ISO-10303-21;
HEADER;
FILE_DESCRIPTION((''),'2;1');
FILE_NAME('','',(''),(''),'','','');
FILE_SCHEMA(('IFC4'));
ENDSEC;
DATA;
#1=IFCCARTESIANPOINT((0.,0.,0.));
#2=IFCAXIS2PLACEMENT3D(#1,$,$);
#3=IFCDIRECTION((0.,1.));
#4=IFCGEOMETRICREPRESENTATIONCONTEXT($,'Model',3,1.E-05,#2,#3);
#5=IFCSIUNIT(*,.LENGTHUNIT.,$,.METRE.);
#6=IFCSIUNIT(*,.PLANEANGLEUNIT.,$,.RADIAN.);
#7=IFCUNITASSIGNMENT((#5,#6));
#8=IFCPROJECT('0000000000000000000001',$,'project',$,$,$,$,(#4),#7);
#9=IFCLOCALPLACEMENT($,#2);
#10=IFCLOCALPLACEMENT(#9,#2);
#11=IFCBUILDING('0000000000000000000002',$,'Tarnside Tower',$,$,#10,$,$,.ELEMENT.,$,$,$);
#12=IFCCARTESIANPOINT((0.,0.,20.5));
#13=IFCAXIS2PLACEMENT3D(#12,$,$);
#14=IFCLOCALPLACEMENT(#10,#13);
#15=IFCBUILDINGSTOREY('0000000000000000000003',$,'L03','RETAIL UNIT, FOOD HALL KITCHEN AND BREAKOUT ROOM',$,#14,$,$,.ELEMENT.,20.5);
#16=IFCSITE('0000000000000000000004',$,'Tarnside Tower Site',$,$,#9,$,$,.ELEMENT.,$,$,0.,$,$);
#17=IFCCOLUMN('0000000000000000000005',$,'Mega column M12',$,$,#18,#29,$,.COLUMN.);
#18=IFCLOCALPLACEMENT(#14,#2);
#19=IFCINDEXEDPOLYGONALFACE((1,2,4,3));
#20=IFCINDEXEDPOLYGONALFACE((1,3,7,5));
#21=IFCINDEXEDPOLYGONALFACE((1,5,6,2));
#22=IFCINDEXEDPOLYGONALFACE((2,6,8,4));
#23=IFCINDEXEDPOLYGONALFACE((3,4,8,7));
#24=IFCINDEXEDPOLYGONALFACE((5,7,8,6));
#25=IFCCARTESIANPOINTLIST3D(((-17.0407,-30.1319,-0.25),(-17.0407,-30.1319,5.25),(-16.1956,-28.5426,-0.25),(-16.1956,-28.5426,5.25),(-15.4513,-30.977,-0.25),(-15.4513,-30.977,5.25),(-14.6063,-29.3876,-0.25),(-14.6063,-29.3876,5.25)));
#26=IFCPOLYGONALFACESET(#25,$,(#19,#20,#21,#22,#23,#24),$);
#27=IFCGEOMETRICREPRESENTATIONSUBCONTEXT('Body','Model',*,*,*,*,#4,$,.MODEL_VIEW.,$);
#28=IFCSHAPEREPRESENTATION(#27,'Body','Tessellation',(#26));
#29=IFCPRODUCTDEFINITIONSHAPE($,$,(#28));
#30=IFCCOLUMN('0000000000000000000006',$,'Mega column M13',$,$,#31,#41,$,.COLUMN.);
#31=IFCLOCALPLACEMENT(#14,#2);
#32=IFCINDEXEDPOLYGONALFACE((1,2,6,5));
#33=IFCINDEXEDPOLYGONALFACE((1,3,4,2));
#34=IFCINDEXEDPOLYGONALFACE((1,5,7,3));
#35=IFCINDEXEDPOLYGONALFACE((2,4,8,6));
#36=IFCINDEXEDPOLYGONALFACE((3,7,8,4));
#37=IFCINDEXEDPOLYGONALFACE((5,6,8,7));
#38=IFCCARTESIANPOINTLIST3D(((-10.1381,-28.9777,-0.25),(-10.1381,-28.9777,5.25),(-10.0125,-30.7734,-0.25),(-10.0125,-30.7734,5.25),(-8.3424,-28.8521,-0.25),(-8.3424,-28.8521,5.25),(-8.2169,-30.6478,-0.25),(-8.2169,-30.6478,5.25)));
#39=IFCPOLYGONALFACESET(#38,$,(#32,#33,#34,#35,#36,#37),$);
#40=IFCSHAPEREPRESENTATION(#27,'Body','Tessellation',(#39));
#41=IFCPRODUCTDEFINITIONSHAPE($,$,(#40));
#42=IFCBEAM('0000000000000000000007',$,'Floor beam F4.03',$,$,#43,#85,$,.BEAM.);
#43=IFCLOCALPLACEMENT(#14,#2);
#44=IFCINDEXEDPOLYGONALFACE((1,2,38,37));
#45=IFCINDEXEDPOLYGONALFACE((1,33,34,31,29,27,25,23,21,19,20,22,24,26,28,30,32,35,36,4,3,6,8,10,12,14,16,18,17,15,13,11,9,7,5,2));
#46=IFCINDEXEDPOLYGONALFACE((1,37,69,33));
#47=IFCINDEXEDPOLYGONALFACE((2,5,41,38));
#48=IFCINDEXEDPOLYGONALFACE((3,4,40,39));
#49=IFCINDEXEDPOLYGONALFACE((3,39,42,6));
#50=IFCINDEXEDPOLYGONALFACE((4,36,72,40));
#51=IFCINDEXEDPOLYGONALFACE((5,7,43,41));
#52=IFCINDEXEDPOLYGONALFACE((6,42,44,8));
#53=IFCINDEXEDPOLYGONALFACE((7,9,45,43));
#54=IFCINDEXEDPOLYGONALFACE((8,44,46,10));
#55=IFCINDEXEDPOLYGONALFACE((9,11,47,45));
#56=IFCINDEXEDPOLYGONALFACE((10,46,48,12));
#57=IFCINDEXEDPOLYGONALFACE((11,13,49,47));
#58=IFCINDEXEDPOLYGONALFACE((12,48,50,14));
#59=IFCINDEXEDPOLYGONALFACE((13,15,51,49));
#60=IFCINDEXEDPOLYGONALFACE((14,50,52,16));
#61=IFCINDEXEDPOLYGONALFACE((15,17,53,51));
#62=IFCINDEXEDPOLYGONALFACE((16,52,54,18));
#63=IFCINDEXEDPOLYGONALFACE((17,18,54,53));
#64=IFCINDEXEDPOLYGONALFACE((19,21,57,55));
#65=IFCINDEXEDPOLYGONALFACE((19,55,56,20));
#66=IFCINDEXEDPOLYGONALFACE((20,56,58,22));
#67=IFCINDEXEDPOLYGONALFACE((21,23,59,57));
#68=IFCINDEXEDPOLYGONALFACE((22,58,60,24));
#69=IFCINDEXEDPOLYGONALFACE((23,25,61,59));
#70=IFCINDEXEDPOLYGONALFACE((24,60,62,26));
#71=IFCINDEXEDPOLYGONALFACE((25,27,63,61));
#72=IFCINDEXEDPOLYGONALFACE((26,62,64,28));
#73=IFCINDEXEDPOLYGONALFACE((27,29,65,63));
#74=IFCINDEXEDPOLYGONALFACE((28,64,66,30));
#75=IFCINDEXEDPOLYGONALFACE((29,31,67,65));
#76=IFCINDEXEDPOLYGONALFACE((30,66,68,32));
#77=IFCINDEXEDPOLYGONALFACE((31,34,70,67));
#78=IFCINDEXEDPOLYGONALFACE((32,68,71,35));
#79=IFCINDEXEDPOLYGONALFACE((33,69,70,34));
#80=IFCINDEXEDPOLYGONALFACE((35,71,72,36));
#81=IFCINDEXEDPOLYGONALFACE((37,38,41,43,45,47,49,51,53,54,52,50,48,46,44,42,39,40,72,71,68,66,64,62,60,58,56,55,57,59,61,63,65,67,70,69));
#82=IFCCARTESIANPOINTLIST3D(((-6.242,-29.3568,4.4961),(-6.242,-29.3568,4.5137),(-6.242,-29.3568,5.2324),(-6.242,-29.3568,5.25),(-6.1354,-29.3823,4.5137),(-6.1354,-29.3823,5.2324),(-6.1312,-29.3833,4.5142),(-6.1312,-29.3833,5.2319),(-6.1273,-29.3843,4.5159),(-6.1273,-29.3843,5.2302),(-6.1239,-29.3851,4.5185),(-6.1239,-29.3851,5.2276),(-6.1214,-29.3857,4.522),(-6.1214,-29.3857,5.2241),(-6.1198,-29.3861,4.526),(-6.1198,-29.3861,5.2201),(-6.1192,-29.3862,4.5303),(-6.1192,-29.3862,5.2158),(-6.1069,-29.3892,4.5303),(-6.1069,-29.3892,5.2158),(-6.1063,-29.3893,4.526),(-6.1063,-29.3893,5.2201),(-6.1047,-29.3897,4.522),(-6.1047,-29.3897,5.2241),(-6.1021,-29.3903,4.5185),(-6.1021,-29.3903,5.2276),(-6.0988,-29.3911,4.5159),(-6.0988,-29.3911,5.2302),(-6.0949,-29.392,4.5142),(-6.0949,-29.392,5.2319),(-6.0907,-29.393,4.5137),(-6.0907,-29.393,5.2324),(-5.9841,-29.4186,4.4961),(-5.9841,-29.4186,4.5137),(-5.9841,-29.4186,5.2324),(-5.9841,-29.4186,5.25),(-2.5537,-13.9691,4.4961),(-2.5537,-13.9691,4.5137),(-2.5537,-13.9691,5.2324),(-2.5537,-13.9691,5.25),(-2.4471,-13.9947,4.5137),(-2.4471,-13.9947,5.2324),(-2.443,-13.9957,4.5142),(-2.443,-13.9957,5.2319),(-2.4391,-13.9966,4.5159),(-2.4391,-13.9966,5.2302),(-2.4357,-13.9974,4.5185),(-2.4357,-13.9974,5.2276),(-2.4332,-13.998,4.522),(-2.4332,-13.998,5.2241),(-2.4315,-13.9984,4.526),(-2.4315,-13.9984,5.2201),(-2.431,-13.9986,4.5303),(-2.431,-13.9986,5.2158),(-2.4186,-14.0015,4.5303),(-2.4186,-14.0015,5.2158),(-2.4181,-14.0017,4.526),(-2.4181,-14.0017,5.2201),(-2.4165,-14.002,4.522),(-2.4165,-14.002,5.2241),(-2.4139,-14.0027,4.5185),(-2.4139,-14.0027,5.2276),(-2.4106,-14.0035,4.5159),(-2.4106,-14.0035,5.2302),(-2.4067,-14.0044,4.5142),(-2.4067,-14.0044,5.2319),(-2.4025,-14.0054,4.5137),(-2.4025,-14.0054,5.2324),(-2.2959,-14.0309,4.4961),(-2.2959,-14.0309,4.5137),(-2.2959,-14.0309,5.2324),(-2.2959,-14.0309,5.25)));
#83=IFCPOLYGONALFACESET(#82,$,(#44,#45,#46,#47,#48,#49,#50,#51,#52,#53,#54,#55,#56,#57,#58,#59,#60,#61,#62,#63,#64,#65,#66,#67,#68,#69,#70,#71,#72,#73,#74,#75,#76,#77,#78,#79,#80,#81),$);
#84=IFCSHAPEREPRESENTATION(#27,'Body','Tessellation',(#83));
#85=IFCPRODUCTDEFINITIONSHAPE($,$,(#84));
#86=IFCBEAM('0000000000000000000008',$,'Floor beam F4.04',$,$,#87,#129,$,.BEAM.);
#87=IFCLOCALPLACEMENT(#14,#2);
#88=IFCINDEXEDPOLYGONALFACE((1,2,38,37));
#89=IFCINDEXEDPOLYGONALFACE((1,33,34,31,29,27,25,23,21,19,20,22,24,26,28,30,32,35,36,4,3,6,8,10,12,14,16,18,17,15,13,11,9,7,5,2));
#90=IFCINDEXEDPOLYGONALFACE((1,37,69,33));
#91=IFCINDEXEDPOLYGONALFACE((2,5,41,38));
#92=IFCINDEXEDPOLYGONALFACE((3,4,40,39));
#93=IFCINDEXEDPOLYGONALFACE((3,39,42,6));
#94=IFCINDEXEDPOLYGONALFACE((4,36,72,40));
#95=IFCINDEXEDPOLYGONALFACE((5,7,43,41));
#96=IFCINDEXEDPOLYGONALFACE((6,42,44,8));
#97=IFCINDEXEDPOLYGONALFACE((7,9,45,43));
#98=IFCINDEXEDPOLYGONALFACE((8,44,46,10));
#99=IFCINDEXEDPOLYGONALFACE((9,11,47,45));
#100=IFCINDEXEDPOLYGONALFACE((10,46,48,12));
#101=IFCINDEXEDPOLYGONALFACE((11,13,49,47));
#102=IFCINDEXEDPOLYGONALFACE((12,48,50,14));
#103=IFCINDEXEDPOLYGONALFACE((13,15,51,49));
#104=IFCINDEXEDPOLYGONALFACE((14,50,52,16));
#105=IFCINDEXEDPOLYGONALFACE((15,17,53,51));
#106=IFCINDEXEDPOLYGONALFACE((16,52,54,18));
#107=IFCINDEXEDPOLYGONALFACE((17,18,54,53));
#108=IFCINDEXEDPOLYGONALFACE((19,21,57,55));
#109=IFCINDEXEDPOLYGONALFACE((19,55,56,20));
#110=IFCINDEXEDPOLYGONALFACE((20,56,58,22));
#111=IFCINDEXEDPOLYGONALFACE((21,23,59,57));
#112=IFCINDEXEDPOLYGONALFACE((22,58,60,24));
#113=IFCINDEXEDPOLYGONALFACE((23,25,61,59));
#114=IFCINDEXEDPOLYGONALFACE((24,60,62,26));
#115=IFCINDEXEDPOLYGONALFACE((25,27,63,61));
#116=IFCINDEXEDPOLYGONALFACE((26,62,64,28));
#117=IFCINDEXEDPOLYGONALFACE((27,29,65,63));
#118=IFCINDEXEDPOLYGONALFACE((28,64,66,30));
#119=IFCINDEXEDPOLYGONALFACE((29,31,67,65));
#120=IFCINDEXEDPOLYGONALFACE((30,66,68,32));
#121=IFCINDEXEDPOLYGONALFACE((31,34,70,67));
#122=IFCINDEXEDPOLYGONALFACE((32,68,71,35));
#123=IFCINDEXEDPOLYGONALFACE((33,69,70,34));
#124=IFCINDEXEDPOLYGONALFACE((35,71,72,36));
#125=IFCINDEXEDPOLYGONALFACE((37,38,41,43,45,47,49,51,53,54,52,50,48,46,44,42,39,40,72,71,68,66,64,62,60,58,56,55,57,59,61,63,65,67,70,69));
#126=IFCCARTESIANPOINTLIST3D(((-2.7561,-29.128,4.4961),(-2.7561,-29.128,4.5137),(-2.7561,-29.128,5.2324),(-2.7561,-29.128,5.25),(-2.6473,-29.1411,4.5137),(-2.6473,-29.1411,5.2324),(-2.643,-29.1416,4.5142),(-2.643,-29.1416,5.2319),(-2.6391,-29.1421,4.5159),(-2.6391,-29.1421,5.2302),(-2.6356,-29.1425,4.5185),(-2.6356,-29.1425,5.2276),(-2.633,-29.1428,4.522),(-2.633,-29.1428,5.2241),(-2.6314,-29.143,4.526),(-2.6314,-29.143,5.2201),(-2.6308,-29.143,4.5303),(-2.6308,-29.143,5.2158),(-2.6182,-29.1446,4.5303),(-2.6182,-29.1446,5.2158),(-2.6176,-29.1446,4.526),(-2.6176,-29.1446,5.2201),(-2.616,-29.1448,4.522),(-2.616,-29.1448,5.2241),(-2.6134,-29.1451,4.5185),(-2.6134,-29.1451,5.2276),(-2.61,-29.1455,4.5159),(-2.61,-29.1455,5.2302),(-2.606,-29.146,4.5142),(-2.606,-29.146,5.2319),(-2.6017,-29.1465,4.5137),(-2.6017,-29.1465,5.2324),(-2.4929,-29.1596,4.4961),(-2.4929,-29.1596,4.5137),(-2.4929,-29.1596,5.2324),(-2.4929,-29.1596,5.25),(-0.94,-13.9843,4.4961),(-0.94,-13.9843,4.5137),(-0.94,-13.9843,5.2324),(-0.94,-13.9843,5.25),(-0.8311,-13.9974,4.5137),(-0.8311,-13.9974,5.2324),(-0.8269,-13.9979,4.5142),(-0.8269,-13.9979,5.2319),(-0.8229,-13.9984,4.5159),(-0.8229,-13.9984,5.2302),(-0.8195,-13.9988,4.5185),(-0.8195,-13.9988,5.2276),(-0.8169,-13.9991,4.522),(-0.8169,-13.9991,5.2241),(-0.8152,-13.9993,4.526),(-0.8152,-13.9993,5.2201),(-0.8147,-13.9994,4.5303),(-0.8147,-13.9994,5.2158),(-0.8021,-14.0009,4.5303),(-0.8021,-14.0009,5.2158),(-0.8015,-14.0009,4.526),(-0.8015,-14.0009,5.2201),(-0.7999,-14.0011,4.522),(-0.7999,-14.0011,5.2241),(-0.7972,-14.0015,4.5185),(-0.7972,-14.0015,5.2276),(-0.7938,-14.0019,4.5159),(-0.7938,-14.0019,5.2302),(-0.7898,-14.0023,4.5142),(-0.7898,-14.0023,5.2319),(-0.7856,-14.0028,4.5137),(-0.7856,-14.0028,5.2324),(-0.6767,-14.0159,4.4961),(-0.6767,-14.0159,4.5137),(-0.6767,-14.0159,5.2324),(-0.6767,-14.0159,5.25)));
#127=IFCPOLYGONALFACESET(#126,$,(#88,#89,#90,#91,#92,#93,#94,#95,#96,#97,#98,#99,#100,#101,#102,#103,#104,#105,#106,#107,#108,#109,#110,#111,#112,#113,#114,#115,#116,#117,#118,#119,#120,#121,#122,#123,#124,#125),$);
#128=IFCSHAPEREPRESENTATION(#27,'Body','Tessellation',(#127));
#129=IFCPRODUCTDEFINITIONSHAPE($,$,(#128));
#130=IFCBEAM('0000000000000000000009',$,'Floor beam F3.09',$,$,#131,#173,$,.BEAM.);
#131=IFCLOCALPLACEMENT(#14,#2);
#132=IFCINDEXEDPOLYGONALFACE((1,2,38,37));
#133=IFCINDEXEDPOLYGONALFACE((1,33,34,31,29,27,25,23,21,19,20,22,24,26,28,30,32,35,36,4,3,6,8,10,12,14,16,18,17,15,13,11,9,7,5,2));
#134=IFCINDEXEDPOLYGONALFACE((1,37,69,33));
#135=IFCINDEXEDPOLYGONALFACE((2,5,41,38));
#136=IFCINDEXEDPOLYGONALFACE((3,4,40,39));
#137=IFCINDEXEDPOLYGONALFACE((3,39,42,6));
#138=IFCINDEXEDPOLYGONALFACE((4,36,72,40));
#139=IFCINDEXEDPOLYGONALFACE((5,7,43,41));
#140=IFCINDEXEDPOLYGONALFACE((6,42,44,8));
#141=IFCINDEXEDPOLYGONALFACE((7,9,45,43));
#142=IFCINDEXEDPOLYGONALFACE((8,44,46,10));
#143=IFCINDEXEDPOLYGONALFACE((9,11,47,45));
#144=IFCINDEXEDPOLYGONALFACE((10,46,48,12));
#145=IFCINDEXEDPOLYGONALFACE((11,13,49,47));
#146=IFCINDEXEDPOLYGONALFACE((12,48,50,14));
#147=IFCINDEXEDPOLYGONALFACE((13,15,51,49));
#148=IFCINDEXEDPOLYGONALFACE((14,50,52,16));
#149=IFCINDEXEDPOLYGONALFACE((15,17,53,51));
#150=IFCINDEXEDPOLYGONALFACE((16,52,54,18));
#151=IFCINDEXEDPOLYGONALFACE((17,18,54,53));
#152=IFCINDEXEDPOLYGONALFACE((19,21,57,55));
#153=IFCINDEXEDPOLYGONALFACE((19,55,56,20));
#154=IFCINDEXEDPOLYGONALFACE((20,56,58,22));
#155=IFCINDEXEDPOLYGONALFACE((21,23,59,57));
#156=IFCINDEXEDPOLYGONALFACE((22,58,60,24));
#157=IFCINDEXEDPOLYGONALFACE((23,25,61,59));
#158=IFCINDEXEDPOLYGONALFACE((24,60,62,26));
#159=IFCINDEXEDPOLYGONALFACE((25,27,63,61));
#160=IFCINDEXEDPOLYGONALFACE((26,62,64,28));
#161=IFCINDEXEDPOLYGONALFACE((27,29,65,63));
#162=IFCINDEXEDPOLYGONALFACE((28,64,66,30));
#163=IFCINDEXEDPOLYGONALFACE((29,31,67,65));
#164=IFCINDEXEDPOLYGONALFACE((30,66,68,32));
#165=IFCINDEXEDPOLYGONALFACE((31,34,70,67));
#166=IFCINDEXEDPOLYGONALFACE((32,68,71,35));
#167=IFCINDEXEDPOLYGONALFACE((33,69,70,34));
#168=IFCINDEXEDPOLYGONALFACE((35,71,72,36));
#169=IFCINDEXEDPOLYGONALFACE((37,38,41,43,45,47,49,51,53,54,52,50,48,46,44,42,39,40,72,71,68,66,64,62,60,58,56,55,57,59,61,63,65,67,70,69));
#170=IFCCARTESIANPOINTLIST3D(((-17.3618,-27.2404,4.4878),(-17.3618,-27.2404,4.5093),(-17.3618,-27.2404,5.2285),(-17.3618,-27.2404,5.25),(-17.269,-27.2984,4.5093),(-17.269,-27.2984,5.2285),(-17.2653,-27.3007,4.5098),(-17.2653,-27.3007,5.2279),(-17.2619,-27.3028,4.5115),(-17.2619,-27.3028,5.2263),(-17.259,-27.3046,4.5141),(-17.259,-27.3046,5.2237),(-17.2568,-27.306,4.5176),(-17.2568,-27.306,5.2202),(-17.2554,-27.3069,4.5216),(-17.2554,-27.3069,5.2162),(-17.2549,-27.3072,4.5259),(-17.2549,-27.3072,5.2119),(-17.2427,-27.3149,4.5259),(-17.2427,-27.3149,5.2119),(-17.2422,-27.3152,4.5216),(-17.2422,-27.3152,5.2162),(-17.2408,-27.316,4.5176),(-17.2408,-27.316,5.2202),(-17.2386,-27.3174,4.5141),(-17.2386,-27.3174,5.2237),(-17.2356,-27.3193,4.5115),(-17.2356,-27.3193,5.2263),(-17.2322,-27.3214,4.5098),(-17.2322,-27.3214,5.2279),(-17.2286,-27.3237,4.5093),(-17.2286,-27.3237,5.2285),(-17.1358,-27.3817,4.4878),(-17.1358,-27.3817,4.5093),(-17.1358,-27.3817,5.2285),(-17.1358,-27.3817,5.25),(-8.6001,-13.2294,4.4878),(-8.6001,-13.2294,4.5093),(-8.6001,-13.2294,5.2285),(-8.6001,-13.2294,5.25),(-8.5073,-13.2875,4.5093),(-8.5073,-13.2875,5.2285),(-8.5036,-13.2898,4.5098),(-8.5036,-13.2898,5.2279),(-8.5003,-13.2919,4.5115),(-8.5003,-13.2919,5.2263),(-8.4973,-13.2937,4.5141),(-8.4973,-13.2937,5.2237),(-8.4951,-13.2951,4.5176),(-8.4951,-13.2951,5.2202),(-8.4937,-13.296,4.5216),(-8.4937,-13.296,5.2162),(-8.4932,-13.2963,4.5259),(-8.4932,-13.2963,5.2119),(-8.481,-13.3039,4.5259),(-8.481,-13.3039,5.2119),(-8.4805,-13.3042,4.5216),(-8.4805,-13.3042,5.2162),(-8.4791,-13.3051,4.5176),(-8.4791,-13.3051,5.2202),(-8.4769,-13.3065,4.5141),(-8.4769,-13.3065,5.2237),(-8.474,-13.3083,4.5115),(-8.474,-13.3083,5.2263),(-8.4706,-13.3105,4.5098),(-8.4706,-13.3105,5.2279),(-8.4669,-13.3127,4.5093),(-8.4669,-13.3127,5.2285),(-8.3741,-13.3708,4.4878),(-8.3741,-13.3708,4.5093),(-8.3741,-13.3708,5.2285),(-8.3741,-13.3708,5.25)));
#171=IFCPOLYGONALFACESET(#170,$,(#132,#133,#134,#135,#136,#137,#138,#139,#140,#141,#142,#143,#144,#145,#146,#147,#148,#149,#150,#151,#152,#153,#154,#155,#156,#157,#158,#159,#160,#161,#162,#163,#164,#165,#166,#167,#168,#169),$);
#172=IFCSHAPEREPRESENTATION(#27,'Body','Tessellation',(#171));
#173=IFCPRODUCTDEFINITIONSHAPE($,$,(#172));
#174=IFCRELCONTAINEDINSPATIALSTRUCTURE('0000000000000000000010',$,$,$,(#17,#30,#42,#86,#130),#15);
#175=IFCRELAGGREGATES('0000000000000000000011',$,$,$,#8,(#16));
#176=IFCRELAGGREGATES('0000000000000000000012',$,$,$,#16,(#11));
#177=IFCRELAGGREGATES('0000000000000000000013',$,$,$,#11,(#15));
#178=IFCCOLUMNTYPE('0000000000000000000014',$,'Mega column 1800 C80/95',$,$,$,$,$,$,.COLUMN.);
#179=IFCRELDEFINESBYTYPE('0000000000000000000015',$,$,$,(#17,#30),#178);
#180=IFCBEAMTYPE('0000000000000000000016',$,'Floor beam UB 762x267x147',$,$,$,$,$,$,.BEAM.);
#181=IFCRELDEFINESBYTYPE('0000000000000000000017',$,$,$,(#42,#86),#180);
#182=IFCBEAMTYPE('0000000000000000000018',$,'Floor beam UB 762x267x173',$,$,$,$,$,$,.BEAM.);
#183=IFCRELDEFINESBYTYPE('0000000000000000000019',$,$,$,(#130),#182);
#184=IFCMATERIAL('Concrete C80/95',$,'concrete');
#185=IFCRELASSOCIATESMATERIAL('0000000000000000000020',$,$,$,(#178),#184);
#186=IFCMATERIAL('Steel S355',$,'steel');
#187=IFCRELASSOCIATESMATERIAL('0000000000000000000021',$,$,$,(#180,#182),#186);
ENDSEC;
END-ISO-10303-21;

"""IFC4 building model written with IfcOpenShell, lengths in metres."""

from ifc_helpers import new_model, si_unit, direction, frame, origin, origin_2d, place, context, subcontext, project, spatial, rectangle, i_section, extrude, material, material_profile, profile_set, type_object, element, save


model = new_model("IFC4")

# Units and contexts
model_context = context("Model", 3, precision=1e-05, world=origin(), true_north=direction((0.0, 1.0)))
body_context = subcontext(model_context, "Body", "Model", "MODEL_VIEW")
ifc_project = project(units=[si_unit("LENGTHUNIT", "METRE"), si_unit("PLANEANGLEUNIT", "RADIAN")], contexts=[model_context])

# Site, building, storey
site_placement = place(None, origin())
site = spatial("IfcSite", under=ifc_project, at=site_placement, Name="Tarnside Tower Site", CompositionType="ELEMENT", RefElevation=0.0)
building_placement = place(site_placement, origin())
building = spatial("IfcBuilding", under=site, at=building_placement, Name="Tarnside Tower", CompositionType="ELEMENT")
storey_placement = place(building_placement, frame((0.0, 0.0, 20.5)))
storey = spatial("IfcBuildingStorey", under=building, at=storey_placement, Name="L03", Description="RETAIL UNIT, FOOD HALL KITCHEN AND BREAKOUT ROOM", CompositionType="ELEMENT", Elevation=20.5)

# Columns
ifc_material_1 = material(Name="Concrete C80/95", Category="concrete")
ifc_material_profile_1 = material_profile(ifc_material_1, rectangle(XDim=1.8, YDim=1.8, at=origin_2d()), Name="Mega column 1800x1800")
ifc_profile_set_1 = profile_set([ifc_material_profile_1], Name="Concrete C80/95")
column_type = type_object("IfcColumnType", Name="Mega column 1800 C80/95", PredefinedType="COLUMN", material=ifc_profile_set_1)
for number, where, z_axis, x_axis, name in (
    (1, (-15.8235, -29.7598, -0.25), (0.0, 0.0, 1.0), (-0.882948, 0.469472, 0.0), "Mega column M12"),
    (2, (-9.1775, -29.8127, -0.25), (0.0, 0.0, 1.0), (-0.997564, -0.069756, 0.0), "Mega column M13"),
):
    element("IfcColumn", number, at=place(storey_placement, frame(where, z_axis=z_axis, x_axis=x_axis)), inside=storey, type_object=column_type, Name=name, PredefinedType="COLUMN", context=body_context, shape_type="SweptSolid", body=[
        extrude(rectangle(XDim=1.8, YDim=1.8, at=origin_2d()), origin(), (0.0, 0.0, 1.0), 5.5),
    ])

# Beams
ifc_material_2 = material(Name="Steel S355", Category="steel")
ifc_material_profile_2 = material_profile(ifc_material_2, i_section(OverallWidth=0.2651, OverallDepth=0.7539, WebThickness=0.0127, FlangeThickness=0.0176, FilletRadius=0.0166, at=origin_2d()), Name="UB 762x267x147")
ifc_profile_set_2 = profile_set([ifc_material_profile_2], Name="Steel S355")
beam_type_1 = type_object("IfcBeamType", Name="Floor beam UB 762x267x147", PredefinedType="BEAM", material=ifc_profile_set_2)
beam_1_placement = place(storey_placement, frame((-6.113, -29.3877, 4.873), z_axis=(0.233085, 0.972456, 0.0), x_axis=(-0.972456, 0.233085, 0.0)))
element("IfcBeam", 3, at=beam_1_placement, inside=storey, type_object=beam_type_1, Name="Floor beam F4.03", PredefinedType="BEAM", context=body_context, shape_type="SweptSolid", body=[
    extrude(i_section(OverallWidth=0.2651, OverallDepth=0.7539, WebThickness=0.0127, FlangeThickness=0.0176, FilletRadius=0.0166, at=origin_2d()), origin(), (0.0, 0.0, 1.0), 15.8235),
])
beam_2_placement = place(storey_placement, frame((-2.6245, -29.1438, 4.873), z_axis=(0.119075, 0.992885, 0.0), x_axis=(-0.992885, 0.119075, 0.0)))
element("IfcBeam", 4, at=beam_2_placement, inside=storey, type_object=beam_type_1, Name="Floor beam F4.04", PredefinedType="BEAM", context=body_context, shape_type="SweptSolid", body=[
    extrude(i_section(OverallWidth=0.2651, OverallDepth=0.7539, WebThickness=0.0127, FlangeThickness=0.0176, FilletRadius=0.0166, at=origin_2d()), origin(), (0.0, 0.0, 1.0), 15.2522),
])
ifc_material_profile_3 = material_profile(ifc_material_2, i_section(OverallWidth=0.2666, OverallDepth=0.7622, WebThickness=0.0144, FlangeThickness=0.0215, FilletRadius=0.0166, at=origin_2d()), Name="UB 762x267x173")
ifc_profile_set_3 = profile_set([ifc_material_profile_3], Name="Steel S355")
beam_type_2 = type_object("IfcBeamType", Name="Floor beam UB 762x267x173", PredefinedType="BEAM", material=ifc_profile_set_3)
beam_3_placement = place(storey_placement, frame((-17.2488, -27.311, 4.8689), z_axis=(0.53021, 0.847866, 0.0), x_axis=(-0.847866, 0.53021, 0.0)))
element("IfcBeam", 5, at=beam_3_placement, inside=storey, type_object=beam_type_2, Name="Floor beam F3.09", PredefinedType="BEAM", context=body_context, shape_type="SweptSolid", body=[
    extrude(i_section(OverallWidth=0.2666, OverallDepth=0.7622, WebThickness=0.0144, FlangeThickness=0.0215, FilletRadius=0.0166, at=origin_2d()), origin(), (0.0, 0.0, 1.0), 16.5249),
])

save(model, "model.ifc")
